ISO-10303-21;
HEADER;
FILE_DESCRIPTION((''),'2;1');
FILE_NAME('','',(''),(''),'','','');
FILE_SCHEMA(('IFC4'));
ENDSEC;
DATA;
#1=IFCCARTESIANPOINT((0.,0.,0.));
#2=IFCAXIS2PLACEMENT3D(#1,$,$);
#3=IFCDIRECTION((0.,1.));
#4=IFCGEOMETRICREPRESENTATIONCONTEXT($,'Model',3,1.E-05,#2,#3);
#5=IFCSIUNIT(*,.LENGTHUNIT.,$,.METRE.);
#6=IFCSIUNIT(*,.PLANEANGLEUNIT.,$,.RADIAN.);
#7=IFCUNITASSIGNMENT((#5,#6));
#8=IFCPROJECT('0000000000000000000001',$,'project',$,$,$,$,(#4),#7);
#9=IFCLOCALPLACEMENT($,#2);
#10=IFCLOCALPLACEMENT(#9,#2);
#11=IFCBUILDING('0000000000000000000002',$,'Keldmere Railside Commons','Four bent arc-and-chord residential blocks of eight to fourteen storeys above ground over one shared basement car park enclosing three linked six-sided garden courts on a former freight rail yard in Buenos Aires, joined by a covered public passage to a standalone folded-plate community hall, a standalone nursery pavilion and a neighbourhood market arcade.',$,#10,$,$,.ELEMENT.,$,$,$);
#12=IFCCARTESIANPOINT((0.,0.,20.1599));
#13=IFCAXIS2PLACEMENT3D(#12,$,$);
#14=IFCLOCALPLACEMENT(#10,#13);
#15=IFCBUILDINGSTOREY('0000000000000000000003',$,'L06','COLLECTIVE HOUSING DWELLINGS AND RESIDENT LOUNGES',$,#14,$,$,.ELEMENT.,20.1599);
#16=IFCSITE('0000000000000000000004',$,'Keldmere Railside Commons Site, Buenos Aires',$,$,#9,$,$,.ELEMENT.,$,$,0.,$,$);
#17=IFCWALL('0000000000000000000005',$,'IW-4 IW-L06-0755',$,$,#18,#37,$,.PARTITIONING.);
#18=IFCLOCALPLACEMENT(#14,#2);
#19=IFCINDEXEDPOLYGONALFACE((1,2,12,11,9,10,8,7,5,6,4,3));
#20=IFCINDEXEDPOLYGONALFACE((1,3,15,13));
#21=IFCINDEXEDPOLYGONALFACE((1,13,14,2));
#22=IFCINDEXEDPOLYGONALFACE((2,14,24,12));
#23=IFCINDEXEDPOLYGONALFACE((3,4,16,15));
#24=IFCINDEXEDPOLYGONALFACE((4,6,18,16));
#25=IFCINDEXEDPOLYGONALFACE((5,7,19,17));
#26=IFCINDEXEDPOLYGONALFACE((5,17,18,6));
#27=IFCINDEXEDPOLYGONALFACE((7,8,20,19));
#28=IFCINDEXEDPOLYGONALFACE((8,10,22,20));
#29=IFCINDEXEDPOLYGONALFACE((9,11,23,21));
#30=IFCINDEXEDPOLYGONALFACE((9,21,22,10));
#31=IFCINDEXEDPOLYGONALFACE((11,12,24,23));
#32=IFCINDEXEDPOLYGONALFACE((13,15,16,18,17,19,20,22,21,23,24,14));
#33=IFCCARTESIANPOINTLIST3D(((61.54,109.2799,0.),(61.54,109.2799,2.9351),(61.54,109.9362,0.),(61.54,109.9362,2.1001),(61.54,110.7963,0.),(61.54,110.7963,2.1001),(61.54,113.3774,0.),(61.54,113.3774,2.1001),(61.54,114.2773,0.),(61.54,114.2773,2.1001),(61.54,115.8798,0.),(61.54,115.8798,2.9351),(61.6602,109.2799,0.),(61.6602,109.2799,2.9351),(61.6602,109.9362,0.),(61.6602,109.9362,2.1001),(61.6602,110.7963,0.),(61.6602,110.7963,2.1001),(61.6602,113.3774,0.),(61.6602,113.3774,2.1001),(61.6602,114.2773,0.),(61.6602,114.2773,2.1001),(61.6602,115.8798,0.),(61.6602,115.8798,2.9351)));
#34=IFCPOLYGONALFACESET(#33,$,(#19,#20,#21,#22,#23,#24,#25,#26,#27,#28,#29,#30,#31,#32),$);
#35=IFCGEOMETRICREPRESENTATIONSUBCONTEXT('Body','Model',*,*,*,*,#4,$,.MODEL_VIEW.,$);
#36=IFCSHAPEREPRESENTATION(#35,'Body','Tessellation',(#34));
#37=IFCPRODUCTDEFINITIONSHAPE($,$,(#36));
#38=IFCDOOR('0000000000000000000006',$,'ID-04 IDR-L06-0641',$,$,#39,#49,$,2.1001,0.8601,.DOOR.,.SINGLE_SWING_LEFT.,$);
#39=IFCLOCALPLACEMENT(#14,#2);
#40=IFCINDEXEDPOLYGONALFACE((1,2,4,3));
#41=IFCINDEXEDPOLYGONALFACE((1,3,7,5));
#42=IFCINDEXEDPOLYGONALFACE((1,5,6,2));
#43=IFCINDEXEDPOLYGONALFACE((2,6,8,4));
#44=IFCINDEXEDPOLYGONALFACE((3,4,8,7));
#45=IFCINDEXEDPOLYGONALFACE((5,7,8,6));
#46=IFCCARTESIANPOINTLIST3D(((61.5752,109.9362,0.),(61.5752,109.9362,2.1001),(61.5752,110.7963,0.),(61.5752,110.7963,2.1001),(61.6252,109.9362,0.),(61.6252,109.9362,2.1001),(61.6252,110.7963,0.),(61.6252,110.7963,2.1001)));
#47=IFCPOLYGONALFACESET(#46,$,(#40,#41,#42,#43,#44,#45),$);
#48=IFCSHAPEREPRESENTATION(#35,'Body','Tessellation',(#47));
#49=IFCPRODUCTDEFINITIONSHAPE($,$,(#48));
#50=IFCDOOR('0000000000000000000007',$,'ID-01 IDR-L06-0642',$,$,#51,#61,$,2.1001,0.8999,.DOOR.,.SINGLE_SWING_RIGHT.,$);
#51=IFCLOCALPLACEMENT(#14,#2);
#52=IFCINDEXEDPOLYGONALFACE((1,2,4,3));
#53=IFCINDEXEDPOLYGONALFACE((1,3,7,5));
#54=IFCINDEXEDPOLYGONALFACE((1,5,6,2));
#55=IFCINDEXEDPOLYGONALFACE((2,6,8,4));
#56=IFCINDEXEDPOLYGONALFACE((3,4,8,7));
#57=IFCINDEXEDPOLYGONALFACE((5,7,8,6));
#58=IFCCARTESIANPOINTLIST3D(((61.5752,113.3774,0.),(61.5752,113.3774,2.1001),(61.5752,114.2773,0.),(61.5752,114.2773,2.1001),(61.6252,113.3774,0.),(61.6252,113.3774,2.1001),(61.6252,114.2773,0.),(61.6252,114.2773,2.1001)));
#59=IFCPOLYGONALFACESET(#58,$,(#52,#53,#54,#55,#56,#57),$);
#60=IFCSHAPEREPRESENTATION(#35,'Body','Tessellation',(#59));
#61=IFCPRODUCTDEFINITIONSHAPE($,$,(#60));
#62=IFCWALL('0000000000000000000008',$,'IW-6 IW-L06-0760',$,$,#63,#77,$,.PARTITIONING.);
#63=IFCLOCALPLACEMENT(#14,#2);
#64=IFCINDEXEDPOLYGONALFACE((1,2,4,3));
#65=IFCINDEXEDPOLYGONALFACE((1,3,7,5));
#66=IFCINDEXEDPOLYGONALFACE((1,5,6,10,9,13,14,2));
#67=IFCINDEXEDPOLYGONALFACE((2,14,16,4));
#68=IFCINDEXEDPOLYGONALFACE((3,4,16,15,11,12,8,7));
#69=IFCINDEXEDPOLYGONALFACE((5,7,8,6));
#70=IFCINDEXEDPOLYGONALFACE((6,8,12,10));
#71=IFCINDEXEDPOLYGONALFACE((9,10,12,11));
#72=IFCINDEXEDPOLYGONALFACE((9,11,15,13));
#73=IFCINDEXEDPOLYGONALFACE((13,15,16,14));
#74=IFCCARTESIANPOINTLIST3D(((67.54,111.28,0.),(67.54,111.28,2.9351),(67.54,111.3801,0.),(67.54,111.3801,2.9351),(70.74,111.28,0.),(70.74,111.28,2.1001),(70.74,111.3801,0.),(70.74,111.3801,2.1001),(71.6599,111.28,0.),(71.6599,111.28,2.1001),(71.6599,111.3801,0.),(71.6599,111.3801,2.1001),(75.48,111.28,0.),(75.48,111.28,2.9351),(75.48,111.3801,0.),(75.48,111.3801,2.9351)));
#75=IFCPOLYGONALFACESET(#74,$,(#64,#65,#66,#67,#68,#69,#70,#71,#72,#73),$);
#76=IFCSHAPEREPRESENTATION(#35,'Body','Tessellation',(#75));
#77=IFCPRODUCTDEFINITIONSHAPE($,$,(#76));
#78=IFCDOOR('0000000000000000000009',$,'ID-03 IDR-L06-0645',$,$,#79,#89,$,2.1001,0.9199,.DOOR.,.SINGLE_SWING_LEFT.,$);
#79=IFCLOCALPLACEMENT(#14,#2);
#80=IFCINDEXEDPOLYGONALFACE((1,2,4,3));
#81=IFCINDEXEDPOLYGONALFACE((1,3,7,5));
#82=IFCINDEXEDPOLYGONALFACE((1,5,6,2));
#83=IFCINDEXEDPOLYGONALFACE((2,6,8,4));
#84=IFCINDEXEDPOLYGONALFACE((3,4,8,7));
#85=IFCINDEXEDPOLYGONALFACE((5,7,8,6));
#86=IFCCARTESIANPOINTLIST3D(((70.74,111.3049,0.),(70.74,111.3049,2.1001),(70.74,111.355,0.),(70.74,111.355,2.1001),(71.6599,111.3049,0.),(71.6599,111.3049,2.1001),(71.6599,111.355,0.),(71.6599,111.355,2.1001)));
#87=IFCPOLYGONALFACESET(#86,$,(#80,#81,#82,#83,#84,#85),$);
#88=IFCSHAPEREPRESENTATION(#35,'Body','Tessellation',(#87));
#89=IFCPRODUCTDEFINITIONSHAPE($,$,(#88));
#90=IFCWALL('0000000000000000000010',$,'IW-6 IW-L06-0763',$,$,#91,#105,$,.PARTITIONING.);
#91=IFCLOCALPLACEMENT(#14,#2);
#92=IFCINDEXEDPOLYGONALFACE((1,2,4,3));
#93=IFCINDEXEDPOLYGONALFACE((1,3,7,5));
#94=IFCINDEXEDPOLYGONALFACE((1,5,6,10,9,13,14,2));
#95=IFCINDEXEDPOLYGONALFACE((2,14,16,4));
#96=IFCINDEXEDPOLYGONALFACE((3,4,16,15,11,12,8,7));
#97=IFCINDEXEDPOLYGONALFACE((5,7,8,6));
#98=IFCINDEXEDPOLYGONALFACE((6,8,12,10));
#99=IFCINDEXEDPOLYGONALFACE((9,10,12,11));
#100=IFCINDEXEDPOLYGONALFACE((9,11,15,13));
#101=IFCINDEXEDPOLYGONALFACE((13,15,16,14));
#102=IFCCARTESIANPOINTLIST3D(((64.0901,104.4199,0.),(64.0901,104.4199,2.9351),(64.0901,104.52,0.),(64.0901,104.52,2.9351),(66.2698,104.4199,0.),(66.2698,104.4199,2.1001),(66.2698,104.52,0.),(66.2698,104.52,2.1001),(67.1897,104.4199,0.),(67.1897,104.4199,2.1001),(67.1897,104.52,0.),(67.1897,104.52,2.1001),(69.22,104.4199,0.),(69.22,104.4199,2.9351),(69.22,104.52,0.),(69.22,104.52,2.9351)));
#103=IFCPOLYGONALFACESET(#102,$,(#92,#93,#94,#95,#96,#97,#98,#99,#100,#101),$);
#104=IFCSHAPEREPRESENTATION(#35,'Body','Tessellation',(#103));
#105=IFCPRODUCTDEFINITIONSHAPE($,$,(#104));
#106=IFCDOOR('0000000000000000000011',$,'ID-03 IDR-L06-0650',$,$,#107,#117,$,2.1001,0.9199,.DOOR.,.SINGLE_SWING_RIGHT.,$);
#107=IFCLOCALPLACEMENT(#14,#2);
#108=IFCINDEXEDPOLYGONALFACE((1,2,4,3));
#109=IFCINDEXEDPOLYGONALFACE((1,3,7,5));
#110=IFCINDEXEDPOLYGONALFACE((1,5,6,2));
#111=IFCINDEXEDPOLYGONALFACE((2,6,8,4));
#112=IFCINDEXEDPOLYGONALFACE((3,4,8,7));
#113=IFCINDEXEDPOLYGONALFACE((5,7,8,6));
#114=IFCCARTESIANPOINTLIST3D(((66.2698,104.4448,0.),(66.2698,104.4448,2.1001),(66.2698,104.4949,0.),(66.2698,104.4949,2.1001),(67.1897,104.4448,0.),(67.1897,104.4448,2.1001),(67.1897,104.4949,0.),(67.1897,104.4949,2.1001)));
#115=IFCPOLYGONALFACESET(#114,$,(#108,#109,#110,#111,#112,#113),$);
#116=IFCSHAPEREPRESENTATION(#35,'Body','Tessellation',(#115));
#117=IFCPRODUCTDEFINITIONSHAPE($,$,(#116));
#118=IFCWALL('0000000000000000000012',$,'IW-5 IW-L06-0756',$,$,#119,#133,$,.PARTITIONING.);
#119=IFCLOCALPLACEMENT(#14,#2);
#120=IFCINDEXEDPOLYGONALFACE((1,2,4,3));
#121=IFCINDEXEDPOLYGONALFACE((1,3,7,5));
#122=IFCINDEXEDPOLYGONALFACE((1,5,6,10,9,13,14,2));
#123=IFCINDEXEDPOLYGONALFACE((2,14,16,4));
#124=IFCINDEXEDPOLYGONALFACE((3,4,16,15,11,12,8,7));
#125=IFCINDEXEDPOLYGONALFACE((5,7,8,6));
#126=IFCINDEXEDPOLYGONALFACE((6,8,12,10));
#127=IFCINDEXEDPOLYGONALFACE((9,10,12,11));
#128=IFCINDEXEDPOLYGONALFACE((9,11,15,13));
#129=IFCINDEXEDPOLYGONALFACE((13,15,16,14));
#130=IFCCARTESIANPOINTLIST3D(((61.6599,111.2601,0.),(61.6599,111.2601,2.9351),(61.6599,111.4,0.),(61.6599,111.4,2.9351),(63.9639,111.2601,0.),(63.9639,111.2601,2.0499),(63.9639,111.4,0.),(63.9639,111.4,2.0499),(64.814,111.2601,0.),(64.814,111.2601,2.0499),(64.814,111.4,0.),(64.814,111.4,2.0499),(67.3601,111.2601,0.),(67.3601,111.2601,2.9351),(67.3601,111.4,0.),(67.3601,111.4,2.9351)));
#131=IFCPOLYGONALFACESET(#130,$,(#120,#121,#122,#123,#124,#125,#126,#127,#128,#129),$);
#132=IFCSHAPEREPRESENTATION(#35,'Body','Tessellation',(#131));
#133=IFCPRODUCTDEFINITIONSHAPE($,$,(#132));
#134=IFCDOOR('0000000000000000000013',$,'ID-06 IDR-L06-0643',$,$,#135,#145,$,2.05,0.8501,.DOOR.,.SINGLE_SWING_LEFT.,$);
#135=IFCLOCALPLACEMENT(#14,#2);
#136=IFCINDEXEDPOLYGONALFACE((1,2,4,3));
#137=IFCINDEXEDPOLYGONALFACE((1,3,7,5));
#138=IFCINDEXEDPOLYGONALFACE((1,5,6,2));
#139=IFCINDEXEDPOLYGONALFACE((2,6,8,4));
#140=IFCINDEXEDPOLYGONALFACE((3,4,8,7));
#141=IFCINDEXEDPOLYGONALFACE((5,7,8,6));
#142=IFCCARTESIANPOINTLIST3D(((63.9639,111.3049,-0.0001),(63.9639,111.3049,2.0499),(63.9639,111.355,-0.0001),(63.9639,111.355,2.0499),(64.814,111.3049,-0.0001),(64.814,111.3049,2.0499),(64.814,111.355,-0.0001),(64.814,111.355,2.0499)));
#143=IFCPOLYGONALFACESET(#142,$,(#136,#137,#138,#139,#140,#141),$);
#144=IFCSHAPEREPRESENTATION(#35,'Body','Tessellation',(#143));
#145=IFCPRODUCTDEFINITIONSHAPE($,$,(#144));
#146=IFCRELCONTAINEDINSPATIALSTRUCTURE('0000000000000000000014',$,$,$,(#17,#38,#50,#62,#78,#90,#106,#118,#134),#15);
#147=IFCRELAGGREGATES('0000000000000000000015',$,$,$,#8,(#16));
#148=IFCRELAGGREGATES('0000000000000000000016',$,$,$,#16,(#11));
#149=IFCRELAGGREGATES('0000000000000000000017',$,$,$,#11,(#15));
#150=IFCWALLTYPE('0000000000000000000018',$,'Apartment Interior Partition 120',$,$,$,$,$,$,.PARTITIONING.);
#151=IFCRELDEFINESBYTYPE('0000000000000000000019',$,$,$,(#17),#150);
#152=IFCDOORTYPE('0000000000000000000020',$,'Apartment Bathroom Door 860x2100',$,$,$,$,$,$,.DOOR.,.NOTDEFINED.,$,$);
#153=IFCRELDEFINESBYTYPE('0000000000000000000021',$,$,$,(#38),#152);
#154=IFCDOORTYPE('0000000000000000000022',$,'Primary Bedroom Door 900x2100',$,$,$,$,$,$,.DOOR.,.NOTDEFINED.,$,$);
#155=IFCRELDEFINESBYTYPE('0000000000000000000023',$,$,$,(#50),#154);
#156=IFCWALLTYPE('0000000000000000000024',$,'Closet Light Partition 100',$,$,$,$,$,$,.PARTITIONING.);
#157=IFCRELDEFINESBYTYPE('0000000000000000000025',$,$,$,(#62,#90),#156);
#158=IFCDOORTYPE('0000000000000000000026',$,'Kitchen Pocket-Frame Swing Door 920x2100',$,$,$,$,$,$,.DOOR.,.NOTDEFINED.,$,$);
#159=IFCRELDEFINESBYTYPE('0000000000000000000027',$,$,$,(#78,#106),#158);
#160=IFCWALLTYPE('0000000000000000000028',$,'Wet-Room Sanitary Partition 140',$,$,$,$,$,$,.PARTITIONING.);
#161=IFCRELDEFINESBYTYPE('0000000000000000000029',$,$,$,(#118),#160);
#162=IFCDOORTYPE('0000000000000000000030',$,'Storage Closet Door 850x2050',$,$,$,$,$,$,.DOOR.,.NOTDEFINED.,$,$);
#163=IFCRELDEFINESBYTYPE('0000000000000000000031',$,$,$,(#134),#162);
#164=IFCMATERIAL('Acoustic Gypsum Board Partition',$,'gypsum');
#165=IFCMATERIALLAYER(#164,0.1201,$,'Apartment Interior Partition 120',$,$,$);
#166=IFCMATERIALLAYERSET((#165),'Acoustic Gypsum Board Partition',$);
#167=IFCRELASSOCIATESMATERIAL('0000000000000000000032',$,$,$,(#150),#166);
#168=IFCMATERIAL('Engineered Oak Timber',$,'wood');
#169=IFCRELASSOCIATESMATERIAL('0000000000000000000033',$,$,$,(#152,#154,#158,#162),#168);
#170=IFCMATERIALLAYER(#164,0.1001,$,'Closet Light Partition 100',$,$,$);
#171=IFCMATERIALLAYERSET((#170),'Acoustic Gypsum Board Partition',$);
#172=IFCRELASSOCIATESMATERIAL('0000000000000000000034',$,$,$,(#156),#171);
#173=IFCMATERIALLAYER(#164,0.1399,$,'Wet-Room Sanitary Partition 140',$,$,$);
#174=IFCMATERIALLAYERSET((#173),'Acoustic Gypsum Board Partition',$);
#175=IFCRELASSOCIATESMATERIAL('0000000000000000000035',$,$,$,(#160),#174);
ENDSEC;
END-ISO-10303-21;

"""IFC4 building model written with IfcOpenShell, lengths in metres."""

from ifc_helpers import new_model, si_unit, direction, frame, frame_2d, origin, place, context, subcontext, project, spatial, rectangle, extrude, material, layer, layer_set, type_object, element, fill, save


model = new_model("IFC4")

# Units and contexts
model_context = context("Model", 3, precision=1e-05, world=origin(), true_north=direction((0.0, 1.0)))
body_context = subcontext(model_context, "Body", "Model", "MODEL_VIEW")
ifc_project = project(units=[si_unit("LENGTHUNIT", "METRE"), si_unit("PLANEANGLEUNIT", "RADIAN")], contexts=[model_context])

# Site, building, storey
site_placement = place(None, origin())
site = spatial("IfcSite", under=ifc_project, at=site_placement, Name="Keldmere Railside Commons Site, Buenos Aires", CompositionType="ELEMENT", RefElevation=0.0)
building_placement = place(site_placement, origin())
building = spatial("IfcBuilding", under=site, at=building_placement, Name="Keldmere Railside Commons", Description="Four bent arc-and-chord residential blocks of eight to fourteen storeys above ground over one shared basement car park enclosing three linked six-sided garden courts on a former freight rail yard in Buenos Aires, joined by a covered public passage to a standalone folded-plate community hall, a standalone nursery pavilion and a neighbourhood market arcade.", CompositionType="ELEMENT")
storey_placement = place(building_placement, frame((0.0, 0.0, 20.1599)))
storey = spatial("IfcBuildingStorey", under=building, at=storey_placement, Name="L06", Description="COLLECTIVE HOUSING DWELLINGS AND RESIDENT LOUNGES", CompositionType="ELEMENT", Elevation=20.1599)

# Shared definitions
ifc_material_1 = material(Name="Acoustic Gypsum Board Partition", Category="gypsum")

# Wall, openings, doors
ifc_layer_1 = layer(ifc_material_1, 0.1201, Name="Apartment Interior Partition 120")
ifc_layer_set_1 = layer_set([ifc_layer_1], Name="Acoustic Gypsum Board Partition")
wall_type_1 = type_object("IfcWallType", Name="Apartment Interior Partition 120", PredefinedType="PARTITIONING", material=ifc_layer_set_1)
wall_1_placement = place(storey_placement, frame((61.6001, 109.28, 0.0), z_axis=(0.0, 0.0, 1.0), x_axis=(0.0, 1.0, 0.0)))
wall_1 = element("IfcWall", 1, at=wall_1_placement, inside=storey, type_object=wall_type_1, Name="IW-4 IW-L06-0755", PredefinedType="PARTITIONING", context=body_context, shape_type="SweptSolid", body=[
    extrude(rectangle(XDim=6.5999, YDim=0.1201, at=frame_2d((3.2998, 0.0))), origin(), (0.0, 0.0, 1.0), 2.9351),
])
opening_1_placement = place(wall_1_placement, frame((0.656, 0.0, 0.0)))
opening_1 = element("IfcOpeningElement", 2, at=opening_1_placement, cuts=wall_1, PredefinedType="OPENING", context=body_context, shape_type="SweptSolid", body=[
    extrude(rectangle(XDim=0.8601, YDim=2.1001, at=frame_2d((0.4302, 1.05))), frame((0.0, 0.0701, 0.0), z_axis=(0.0, -1.0, 0.0), x_axis=(1.0, 0.0, 0.0)), (0.0, 0.0, 1.0), 0.1401),
])
opening_2_placement = place(wall_1_placement, frame((4.0974, 0.0, 0.0)))
opening_2 = element("IfcOpeningElement", 3, at=opening_2_placement, cuts=wall_1, PredefinedType="OPENING", context=body_context, shape_type="SweptSolid", body=[
    extrude(rectangle(XDim=0.8999, YDim=2.1001, at=frame_2d((0.45, 1.05))), frame((0.0, 0.0701, 0.0), z_axis=(0.0, -1.0, 0.0), x_axis=(1.0, 0.0, 0.0)), (0.0, 0.0, 1.0), 0.1401),
])
ifc_material_2 = material(Name="Engineered Oak Timber", Category="wood")
door_type_1 = type_object("IfcDoorType", Name="Apartment Bathroom Door 860x2100", OperationType="NOTDEFINED", PredefinedType="DOOR", material=ifc_material_2)
door_1_placement = place(opening_1_placement, origin())
door_1 = element("IfcDoor", 4, at=door_1_placement, inside=storey, type_object=door_type_1, Name="ID-04 IDR-L06-0641", OperationType="SINGLE_SWING_LEFT", OverallHeight=2.1001, OverallWidth=0.8601, PredefinedType="DOOR", context=body_context, shape_type="SweptSolid", body=[
    extrude(rectangle(XDim=0.8601, YDim=2.1001, at=frame_2d((0.4302, 1.05))), frame((0.0, 0.0249, 0.0), z_axis=(0.0, -1.0, 0.0), x_axis=(1.0, 0.0, 0.0)), (0.0, 0.0, 1.0), 0.05),
])
fill(opening_1, door_1)
door_type_2 = type_object("IfcDoorType", Name="Primary Bedroom Door 900x2100", OperationType="NOTDEFINED", PredefinedType="DOOR", material=ifc_material_2)
door_2_placement = place(opening_2_placement, origin())
door_2 = element("IfcDoor", 5, at=door_2_placement, inside=storey, type_object=door_type_2, Name="ID-01 IDR-L06-0642", OperationType="SINGLE_SWING_RIGHT", OverallHeight=2.1001, OverallWidth=0.8999, PredefinedType="DOOR", context=body_context, shape_type="SweptSolid", body=[
    extrude(rectangle(XDim=0.8999, YDim=2.1001, at=frame_2d((0.45, 1.05))), frame((0.0, 0.0249, 0.0), z_axis=(0.0, -1.0, 0.0), x_axis=(1.0, 0.0, 0.0)), (0.0, 0.0, 1.0), 0.05),
])
fill(opening_2, door_2)

# Walls, openings, doors
ifc_layer_2 = layer(ifc_material_1, 0.1001, Name="Closet Light Partition 100")
ifc_layer_set_2 = layer_set([ifc_layer_2], Name="Acoustic Gypsum Board Partition")
wall_type_2 = type_object("IfcWallType", Name="Closet Light Partition 100", PredefinedType="PARTITIONING", material=ifc_layer_set_2)
wall_2_placement = place(storey_placement, frame((67.54, 111.3301, 0.0), z_axis=(0.0, 0.0, 1.0), x_axis=(1.0, 0.0, 0.0)))
wall_2 = element("IfcWall", 6, at=wall_2_placement, inside=storey, type_object=wall_type_2, Name="IW-6 IW-L06-0760", PredefinedType="PARTITIONING", context=body_context, shape_type="SweptSolid", body=[
    extrude(rectangle(XDim=7.9399, YDim=0.1001, at=frame_2d((3.97, 0.0))), origin(), (0.0, 0.0, 1.0), 2.9351),
])
opening_3_placement = place(wall_2_placement, frame((3.2, 0.0, 0.0)))
opening_3 = element("IfcOpeningElement", 7, at=opening_3_placement, cuts=wall_2, PredefinedType="OPENING", context=body_context, shape_type="SweptSolid", body=[
    extrude(rectangle(XDim=0.9199, YDim=2.1001, at=frame_2d((0.46, 1.05))), frame((0.0, 0.0601, 0.0), z_axis=(0.0, -1.0, 0.0), x_axis=(1.0, 0.0, 0.0)), (0.0, 0.0, 1.0), 0.1201),
])
door_type_3 = type_object("IfcDoorType", Name="Kitchen Pocket-Frame Swing Door 920x2100", OperationType="NOTDEFINED", PredefinedType="DOOR", material=ifc_material_2)
door_3_placement = place(opening_3_placement, origin())
door_3 = element("IfcDoor", 8, at=door_3_placement, inside=storey, type_object=door_type_3, Name="ID-03 IDR-L06-0645", OperationType="SINGLE_SWING_LEFT", OverallHeight=2.1001, OverallWidth=0.9199, PredefinedType="DOOR", context=body_context, shape_type="SweptSolid", body=[
    extrude(rectangle(XDim=0.9199, YDim=2.1001, at=frame_2d((0.46, 1.05))), frame((0.0, 0.0249, 0.0), z_axis=(0.0, -1.0, 0.0), x_axis=(1.0, 0.0, 0.0)), (0.0, 0.0, 1.0), 0.05),
])
fill(opening_3, door_3)
wall_3_placement = place(storey_placement, frame((64.0901, 104.47, 0.0), z_axis=(0.0, 0.0, 1.0), x_axis=(1.0, 0.0, 0.0)))
wall_3 = element("IfcWall", 9, at=wall_3_placement, inside=storey, type_object=wall_type_2, Name="IW-6 IW-L06-0763", PredefinedType="PARTITIONING", context=body_context, shape_type="SweptSolid", body=[
    extrude(rectangle(XDim=5.1299, YDim=0.1001, at=frame_2d((2.5649, 0.0))), origin(), (0.0, 0.0, 1.0), 2.9351),
])
opening_4_placement = place(wall_3_placement, frame((2.1797, 0.0, 0.0)))
opening_4 = element("IfcOpeningElement", 10, at=opening_4_placement, cuts=wall_3, PredefinedType="OPENING", context=body_context, shape_type="SweptSolid", body=[
    extrude(rectangle(XDim=0.9199, YDim=2.1001, at=frame_2d((0.46, 1.05))), frame((0.0, 0.0601, 0.0), z_axis=(0.0, -1.0, 0.0), x_axis=(1.0, 0.0, 0.0)), (0.0, 0.0, 1.0), 0.1201),
])
door_4_placement = place(opening_4_placement, origin())
door_4 = element("IfcDoor", 11, at=door_4_placement, inside=storey, type_object=door_type_3, Name="ID-03 IDR-L06-0650", OperationType="SINGLE_SWING_RIGHT", OverallHeight=2.1001, OverallWidth=0.9199, PredefinedType="DOOR", context=body_context, shape_type="SweptSolid", body=[
    extrude(rectangle(XDim=0.9199, YDim=2.1001, at=frame_2d((0.46, 1.05))), frame((0.0, 0.0249, 0.0), z_axis=(0.0, -1.0, 0.0), x_axis=(1.0, 0.0, 0.0)), (0.0, 0.0, 1.0), 0.05),
])
fill(opening_4, door_4)
ifc_layer_3 = layer(ifc_material_1, 0.1399, Name="Wet-Room Sanitary Partition 140")
ifc_layer_set_3 = layer_set([ifc_layer_3], Name="Acoustic Gypsum Board Partition")
wall_type_3 = type_object("IfcWallType", Name="Wet-Room Sanitary Partition 140", PredefinedType="PARTITIONING", material=ifc_layer_set_3)
wall_4_placement = place(storey_placement, frame((61.6599, 111.3301, 0.0), z_axis=(0.0, 0.0, 1.0), x_axis=(1.0, 0.0, 0.0)))
wall_4 = element("IfcWall", 12, at=wall_4_placement, inside=storey, type_object=wall_type_3, Name="IW-5 IW-L06-0756", PredefinedType="PARTITIONING", context=body_context, shape_type="SweptSolid", body=[
    extrude(rectangle(XDim=5.7002, YDim=0.1399, at=frame_2d((2.8501, 0.0))), origin(), (0.0, 0.0, 1.0), 2.9351),
])
opening_5_placement = place(wall_4_placement, frame((2.304, 0.0, 0.0)))
opening_5 = element("IfcOpeningElement", 13, at=opening_5_placement, cuts=wall_4, PredefinedType="OPENING", context=body_context, shape_type="SweptSolid", body=[
    extrude(rectangle(XDim=0.8501, YDim=2.05, at=frame_2d((0.425, 1.0249))), frame((0.0, 0.0798, 0.0), z_axis=(0.0, -1.0, 0.0), x_axis=(1.0, 0.0, 0.0)), (0.0, 0.0, 1.0), 0.1599),
])
door_type_4 = type_object("IfcDoorType", Name="Storage Closet Door 850x2050", OperationType="NOTDEFINED", PredefinedType="DOOR", material=ifc_material_2)
door_5_placement = place(opening_5_placement, origin())
door_5 = element("IfcDoor", 14, at=door_5_placement, inside=storey, type_object=door_type_4, Name="ID-06 IDR-L06-0643", OperationType="SINGLE_SWING_LEFT", OverallHeight=2.05, OverallWidth=0.8501, PredefinedType="DOOR", context=body_context, shape_type="SweptSolid", body=[
    extrude(rectangle(XDim=0.8501, YDim=2.05, at=frame_2d((0.425, 1.0249))), frame((0.0, 0.0249, 0.0), z_axis=(0.0, -1.0, 0.0), x_axis=(1.0, 0.0, 0.0)), (0.0, 0.0, 1.0), 0.05),
])
fill(opening_5, door_5)

save(model, "model.ifc")
